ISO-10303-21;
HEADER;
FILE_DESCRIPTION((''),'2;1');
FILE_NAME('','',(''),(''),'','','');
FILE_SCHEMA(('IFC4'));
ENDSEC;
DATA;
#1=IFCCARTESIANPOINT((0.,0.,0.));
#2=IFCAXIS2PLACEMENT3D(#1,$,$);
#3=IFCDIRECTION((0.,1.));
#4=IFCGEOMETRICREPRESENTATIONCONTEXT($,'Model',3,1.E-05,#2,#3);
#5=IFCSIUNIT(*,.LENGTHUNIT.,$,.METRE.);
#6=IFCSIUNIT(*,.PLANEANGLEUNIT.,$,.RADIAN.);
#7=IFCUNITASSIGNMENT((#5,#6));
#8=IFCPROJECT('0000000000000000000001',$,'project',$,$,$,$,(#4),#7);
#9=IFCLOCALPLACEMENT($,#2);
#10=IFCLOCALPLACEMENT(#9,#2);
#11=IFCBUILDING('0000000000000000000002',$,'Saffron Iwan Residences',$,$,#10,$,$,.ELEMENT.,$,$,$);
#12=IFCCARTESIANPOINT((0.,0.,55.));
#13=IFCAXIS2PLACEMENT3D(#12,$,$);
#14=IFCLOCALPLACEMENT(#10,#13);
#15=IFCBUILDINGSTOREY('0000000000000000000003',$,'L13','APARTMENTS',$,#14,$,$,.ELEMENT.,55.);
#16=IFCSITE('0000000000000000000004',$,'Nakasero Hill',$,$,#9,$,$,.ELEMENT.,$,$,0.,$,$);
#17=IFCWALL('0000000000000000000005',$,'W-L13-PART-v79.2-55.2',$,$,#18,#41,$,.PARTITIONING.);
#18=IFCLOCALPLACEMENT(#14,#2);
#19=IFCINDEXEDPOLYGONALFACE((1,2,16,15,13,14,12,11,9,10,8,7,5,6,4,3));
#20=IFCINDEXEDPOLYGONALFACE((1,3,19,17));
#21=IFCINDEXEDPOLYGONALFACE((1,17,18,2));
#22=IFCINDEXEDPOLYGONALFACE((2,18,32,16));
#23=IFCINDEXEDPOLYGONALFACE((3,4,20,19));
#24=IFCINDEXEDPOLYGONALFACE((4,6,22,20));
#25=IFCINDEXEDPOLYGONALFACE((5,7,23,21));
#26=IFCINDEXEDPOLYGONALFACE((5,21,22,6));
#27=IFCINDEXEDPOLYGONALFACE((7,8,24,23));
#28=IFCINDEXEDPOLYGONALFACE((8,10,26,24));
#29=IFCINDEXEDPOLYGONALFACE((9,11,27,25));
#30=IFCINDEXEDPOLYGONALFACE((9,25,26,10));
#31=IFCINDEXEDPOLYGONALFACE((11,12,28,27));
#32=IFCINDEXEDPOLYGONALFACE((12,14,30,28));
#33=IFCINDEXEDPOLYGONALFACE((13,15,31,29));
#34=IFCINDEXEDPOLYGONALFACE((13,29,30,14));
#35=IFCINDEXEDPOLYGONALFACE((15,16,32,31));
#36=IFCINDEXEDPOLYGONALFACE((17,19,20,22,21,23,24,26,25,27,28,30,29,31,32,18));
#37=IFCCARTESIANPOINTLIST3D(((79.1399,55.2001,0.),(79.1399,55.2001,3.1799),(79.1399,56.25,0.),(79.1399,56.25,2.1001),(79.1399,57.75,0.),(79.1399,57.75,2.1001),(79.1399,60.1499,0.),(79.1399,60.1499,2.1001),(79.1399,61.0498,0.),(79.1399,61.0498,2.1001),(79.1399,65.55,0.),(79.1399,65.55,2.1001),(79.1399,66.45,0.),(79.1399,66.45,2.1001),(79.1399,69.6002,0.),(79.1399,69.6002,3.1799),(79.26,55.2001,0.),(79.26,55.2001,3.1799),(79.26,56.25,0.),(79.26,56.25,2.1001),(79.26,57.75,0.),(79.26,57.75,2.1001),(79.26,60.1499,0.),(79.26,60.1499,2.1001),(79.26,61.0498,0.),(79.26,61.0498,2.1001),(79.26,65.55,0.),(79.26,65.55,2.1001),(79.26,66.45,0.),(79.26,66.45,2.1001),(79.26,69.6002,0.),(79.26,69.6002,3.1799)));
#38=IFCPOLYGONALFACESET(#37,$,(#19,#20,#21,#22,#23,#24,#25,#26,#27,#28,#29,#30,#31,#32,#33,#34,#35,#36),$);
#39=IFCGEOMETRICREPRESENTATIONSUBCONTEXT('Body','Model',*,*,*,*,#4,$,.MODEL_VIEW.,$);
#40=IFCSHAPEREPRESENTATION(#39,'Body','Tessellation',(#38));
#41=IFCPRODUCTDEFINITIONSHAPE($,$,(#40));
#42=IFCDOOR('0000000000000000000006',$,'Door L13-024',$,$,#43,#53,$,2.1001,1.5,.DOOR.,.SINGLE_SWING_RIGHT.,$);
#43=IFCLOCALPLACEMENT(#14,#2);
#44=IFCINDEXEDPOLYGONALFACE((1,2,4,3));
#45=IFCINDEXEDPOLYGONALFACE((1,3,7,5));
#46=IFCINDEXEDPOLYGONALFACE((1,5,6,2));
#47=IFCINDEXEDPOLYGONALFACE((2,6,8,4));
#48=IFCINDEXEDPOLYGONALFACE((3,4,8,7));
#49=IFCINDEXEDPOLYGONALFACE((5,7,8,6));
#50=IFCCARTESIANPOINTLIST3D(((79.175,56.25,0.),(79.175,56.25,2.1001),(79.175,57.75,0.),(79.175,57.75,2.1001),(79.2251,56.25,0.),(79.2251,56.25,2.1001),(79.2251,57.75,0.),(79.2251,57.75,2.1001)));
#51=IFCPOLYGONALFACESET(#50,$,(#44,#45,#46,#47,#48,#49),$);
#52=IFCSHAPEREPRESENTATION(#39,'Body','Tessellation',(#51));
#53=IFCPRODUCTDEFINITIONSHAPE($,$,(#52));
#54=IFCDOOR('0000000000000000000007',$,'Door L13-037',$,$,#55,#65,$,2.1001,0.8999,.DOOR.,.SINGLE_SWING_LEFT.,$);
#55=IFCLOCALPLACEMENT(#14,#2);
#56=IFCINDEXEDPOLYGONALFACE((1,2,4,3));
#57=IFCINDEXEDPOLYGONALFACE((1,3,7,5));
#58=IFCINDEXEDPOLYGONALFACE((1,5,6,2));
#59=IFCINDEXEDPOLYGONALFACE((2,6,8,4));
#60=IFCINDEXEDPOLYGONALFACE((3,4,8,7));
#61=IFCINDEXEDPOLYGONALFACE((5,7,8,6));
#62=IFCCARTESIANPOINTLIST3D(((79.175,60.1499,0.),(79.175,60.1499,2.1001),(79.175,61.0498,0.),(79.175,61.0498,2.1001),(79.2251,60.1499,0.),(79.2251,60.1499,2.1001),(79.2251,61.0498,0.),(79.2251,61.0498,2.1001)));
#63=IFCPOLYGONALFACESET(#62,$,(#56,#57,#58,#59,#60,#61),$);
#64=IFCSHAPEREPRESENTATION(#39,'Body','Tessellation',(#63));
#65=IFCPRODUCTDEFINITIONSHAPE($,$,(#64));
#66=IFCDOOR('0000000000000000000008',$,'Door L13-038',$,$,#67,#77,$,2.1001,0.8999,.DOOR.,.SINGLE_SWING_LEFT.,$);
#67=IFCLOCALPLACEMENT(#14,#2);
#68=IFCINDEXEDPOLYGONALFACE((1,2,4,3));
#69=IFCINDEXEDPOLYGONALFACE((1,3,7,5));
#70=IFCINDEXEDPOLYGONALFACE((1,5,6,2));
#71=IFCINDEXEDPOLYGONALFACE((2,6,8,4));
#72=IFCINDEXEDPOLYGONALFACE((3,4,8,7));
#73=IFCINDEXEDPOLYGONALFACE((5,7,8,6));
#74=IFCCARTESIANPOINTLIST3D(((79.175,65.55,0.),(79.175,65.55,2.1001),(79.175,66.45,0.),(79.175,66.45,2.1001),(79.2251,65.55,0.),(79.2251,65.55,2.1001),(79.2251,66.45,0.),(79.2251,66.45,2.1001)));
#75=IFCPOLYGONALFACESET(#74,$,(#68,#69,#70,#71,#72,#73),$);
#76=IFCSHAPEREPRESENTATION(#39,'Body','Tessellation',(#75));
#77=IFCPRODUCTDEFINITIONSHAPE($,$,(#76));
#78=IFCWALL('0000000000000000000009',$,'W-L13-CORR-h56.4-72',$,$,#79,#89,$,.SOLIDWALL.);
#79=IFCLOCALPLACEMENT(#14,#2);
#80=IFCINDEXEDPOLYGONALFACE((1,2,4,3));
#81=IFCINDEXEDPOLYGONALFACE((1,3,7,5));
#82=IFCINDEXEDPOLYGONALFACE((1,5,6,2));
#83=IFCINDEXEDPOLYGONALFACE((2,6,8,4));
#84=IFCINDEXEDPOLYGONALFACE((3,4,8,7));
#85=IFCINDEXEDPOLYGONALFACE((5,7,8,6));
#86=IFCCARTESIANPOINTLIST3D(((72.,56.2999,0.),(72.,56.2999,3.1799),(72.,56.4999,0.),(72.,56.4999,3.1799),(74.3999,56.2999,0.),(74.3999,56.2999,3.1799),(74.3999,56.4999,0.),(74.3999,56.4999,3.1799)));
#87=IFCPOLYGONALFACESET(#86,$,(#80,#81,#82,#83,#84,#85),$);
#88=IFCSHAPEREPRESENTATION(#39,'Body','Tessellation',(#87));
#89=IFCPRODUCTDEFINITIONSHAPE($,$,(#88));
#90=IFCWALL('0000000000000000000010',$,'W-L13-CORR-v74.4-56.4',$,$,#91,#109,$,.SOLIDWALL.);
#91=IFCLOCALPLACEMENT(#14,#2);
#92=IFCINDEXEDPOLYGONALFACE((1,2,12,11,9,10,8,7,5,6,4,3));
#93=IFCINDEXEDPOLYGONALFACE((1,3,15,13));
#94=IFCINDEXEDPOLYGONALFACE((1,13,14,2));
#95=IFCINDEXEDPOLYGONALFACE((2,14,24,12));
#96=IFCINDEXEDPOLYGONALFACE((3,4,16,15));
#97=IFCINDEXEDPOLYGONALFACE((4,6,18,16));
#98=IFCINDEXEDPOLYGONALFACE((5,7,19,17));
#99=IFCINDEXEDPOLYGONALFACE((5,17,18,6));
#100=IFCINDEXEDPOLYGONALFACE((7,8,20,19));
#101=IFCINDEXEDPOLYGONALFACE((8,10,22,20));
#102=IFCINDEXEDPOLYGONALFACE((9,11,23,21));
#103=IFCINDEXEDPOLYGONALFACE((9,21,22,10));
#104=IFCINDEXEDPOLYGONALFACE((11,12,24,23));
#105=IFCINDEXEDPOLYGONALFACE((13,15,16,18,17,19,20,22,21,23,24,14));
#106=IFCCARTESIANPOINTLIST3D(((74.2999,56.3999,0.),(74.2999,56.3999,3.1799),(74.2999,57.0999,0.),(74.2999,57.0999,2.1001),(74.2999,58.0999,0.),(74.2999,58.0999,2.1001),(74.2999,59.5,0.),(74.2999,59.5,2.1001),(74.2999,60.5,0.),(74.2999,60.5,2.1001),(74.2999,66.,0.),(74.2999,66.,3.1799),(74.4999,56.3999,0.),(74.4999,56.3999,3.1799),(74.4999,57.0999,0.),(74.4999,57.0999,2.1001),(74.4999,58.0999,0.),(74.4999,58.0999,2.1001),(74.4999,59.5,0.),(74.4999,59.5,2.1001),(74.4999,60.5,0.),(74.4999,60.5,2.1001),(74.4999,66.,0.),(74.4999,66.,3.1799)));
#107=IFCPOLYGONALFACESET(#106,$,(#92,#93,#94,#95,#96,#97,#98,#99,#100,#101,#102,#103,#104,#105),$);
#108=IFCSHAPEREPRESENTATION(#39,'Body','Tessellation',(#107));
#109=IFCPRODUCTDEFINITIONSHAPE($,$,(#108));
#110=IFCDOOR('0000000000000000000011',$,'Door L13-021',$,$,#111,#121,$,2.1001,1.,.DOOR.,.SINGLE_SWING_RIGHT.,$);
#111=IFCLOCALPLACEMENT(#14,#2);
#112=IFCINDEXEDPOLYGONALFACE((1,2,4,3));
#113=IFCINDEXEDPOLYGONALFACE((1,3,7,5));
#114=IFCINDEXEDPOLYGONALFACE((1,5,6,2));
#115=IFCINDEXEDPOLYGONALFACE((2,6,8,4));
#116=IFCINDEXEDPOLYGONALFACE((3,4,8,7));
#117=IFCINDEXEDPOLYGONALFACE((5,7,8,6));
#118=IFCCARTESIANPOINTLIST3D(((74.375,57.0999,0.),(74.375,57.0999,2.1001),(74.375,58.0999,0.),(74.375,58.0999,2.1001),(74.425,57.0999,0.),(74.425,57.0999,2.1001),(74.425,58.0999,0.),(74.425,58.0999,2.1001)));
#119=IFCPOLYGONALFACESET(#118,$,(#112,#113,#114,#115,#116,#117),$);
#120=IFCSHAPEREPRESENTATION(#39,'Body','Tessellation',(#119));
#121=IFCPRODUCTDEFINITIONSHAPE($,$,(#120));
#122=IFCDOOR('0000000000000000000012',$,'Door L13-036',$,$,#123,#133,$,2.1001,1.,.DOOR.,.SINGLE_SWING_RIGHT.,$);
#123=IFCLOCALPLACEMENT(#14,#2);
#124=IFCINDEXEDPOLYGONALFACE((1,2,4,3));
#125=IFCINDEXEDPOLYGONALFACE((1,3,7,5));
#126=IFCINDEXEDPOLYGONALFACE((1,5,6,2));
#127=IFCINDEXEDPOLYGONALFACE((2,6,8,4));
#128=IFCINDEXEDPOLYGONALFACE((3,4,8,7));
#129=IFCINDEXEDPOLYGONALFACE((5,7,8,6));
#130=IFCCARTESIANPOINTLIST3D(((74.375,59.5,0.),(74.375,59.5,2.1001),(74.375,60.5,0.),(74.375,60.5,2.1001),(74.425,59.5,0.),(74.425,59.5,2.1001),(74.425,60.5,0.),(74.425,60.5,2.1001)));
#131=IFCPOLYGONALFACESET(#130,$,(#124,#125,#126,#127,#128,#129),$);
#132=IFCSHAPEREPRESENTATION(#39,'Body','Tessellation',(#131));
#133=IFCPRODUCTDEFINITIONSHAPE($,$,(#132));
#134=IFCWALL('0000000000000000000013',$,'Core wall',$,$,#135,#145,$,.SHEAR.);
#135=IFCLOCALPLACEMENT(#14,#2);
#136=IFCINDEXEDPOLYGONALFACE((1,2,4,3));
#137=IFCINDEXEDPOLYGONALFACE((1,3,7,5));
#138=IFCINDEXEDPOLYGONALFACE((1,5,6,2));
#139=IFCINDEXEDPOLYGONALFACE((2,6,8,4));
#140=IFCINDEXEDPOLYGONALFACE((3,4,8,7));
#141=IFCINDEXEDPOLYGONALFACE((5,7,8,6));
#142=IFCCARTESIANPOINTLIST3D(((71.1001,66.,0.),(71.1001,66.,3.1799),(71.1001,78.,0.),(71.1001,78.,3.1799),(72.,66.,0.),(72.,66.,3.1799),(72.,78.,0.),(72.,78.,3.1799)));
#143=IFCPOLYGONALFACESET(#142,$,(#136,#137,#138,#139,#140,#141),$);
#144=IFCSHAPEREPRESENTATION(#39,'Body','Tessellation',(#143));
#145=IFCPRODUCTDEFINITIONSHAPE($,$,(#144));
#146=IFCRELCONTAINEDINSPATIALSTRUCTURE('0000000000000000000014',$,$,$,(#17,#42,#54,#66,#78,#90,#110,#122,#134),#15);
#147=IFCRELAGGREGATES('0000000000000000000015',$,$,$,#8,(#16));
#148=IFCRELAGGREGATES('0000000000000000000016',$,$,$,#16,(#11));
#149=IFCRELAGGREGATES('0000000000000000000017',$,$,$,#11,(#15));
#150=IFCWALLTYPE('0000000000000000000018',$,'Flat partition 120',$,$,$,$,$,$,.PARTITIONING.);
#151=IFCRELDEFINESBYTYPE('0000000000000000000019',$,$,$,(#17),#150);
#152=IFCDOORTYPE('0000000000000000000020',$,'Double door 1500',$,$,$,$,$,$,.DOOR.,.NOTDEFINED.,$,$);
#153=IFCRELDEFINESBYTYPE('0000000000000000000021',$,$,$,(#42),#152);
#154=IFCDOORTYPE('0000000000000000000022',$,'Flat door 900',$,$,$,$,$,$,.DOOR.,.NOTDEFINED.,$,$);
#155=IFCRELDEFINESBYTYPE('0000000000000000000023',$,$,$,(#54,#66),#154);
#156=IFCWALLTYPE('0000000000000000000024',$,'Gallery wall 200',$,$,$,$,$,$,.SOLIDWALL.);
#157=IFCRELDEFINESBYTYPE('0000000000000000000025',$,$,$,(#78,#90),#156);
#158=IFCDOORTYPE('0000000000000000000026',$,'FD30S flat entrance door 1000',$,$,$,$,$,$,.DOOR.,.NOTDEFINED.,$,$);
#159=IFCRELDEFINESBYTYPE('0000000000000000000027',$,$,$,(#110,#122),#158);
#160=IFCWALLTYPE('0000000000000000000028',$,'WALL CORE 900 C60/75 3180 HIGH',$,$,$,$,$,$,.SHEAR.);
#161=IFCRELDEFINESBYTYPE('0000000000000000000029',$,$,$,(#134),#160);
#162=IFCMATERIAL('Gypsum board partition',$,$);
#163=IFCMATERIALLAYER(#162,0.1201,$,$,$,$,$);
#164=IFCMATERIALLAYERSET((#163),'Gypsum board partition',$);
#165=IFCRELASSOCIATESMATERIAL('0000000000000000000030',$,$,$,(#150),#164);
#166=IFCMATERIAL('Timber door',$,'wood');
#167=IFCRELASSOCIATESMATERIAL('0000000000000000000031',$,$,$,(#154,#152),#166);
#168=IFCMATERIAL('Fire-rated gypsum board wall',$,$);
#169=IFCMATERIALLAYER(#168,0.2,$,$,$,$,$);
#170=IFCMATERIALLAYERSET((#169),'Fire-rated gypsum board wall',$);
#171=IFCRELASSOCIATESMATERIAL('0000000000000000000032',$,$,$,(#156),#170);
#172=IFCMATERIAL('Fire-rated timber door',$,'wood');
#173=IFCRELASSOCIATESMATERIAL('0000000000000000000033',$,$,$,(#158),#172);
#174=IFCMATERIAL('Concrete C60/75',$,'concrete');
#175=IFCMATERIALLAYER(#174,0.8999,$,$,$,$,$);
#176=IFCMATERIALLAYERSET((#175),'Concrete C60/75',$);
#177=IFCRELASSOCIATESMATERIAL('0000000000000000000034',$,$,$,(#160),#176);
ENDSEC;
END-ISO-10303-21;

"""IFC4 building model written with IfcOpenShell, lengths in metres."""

from ifc_helpers import new_model, si_unit, direction, frame, frame_2d, origin, place, context, subcontext, project, spatial, rectangle, extrude, material, layer, layer_set, type_object, element, fill, save


model = new_model("IFC4")

# Units and contexts
model_context = context("Model", 3, precision=1e-05, world=origin(), true_north=direction((0.0, 1.0)))
body_context = subcontext(model_context, "Body", "Model", "MODEL_VIEW")
ifc_project = project(units=[si_unit("LENGTHUNIT", "METRE"), si_unit("PLANEANGLEUNIT", "RADIAN")], contexts=[model_context])

# Site, building, storey
site_placement = place(None, origin())
site = spatial("IfcSite", under=ifc_project, at=site_placement, Name="Nakasero Hill", CompositionType="ELEMENT", RefElevation=0.0)
building_placement = place(site_placement, origin())
building = spatial("IfcBuilding", under=site, at=building_placement, Name="Saffron Iwan Residences", CompositionType="ELEMENT")
storey_placement = place(building_placement, frame((0.0, 0.0, 55.0)))
storey = spatial("IfcBuildingStorey", under=building, at=storey_placement, Name="L13", Description="APARTMENTS", CompositionType="ELEMENT", Elevation=55.0)

# Shared definitions
ifc_material_1 = material(Name="Fire-rated gypsum board wall")
ifc_material_2 = material(Name="Gypsum board partition")
ifc_layer_1 = layer(ifc_material_2, 0.1201)
ifc_layer_set_1 = layer_set([ifc_layer_1], Name="Gypsum board partition")
wall_type_1 = type_object("IfcWallType", Name="Flat partition 120", PredefinedType="PARTITIONING", material=ifc_layer_set_1)

# Wall, openings, doors
ifc_material_3 = material(Name="Timber door", Category="wood")
door_type_1 = type_object("IfcDoorType", Name="Flat door 900", OperationType="NOTDEFINED", PredefinedType="DOOR", material=ifc_material_3)
wall_1_placement = place(storey_placement, frame((79.2, 55.2, 0.0), z_axis=(0.0, 0.0, 1.0), x_axis=(0.0, 1.0, 0.0)))
wall_1 = element("IfcWall", 1, at=wall_1_placement, inside=storey, type_object=wall_type_1, Name="W-L13-PART-v79.2-55.2", PredefinedType="PARTITIONING", context=body_context, shape_type="SweptSolid", body=[
    extrude(rectangle(XDim=14.4001, YDim=0.1201, at=frame_2d((7.2002, 0.0))), origin(), (0.0, 0.0, 1.0), 3.1799),
])
opening_1_placement = place(wall_1_placement, frame((1.05, 0.0, 0.0)))
opening_1 = element("IfcOpeningElement", 2, at=opening_1_placement, cuts=wall_1, PredefinedType="OPENING", context=body_context, shape_type="SweptSolid", body=[
    extrude(rectangle(XDim=1.5, YDim=2.1001, at=frame_2d((0.75, 1.05))), frame((0.0, 0.0701, 0.0), z_axis=(0.0, -1.0, 0.0), x_axis=(1.0, 0.0, 0.0)), (0.0, 0.0, 1.0), 0.1401),
])
opening_2_placement = place(wall_1_placement, frame((4.95, 0.0, 0.0)))
opening_2 = element("IfcOpeningElement", 3, at=opening_2_placement, cuts=wall_1, PredefinedType="OPENING", context=body_context, shape_type="SweptSolid", body=[
    extrude(rectangle(XDim=0.8999, YDim=2.1001, at=frame_2d((0.45, 1.05))), frame((0.0, 0.0701, 0.0), z_axis=(0.0, -1.0, 0.0), x_axis=(1.0, 0.0, 0.0)), (0.0, 0.0, 1.0), 0.1401),
])
opening_3_placement = place(wall_1_placement, frame((10.3501, 0.0, 0.0)))
opening_3 = element("IfcOpeningElement", 4, at=opening_3_placement, cuts=wall_1, PredefinedType="OPENING", context=body_context, shape_type="SweptSolid", body=[
    extrude(rectangle(XDim=0.8999, YDim=2.1001, at=frame_2d((0.45, 1.05))), frame((0.0, 0.0701, 0.0), z_axis=(0.0, -1.0, 0.0), x_axis=(1.0, 0.0, 0.0)), (0.0, 0.0, 1.0), 0.1401),
])
door_type_2 = type_object("IfcDoorType", Name="Double door 1500", OperationType="NOTDEFINED", PredefinedType="DOOR", material=ifc_material_3)
door_1_placement = place(opening_1_placement, origin())
door_1 = element("IfcDoor", 5, at=door_1_placement, inside=storey, type_object=door_type_2, Name="Door L13-024", OperationType="SINGLE_SWING_RIGHT", OverallHeight=2.1001, OverallWidth=1.5, PredefinedType="DOOR", context=body_context, shape_type="SweptSolid", body=[
    extrude(rectangle(XDim=1.5, YDim=2.1001, at=frame_2d((0.75, 1.05))), frame((0.0, 0.0249, 0.0), z_axis=(0.0, -1.0, 0.0), x_axis=(1.0, 0.0, 0.0)), (0.0, 0.0, 1.0), 0.05),
])
fill(opening_1, door_1)
door_2_placement = place(opening_2_placement, origin())
door_2 = element("IfcDoor", 6, at=door_2_placement, inside=storey, type_object=door_type_1, Name="Door L13-037", OperationType="SINGLE_SWING_LEFT", OverallHeight=2.1001, OverallWidth=0.8999, PredefinedType="DOOR", context=body_context, shape_type="SweptSolid", body=[
    extrude(rectangle(XDim=0.8999, YDim=2.1001, at=frame_2d((0.45, 1.05))), frame((0.0, 0.0249, 0.0), z_axis=(0.0, -1.0, 0.0), x_axis=(1.0, 0.0, 0.0)), (0.0, 0.0, 1.0), 0.05),
])
fill(opening_2, door_2)
door_3_placement = place(opening_3_placement, origin())
door_3 = element("IfcDoor", 7, at=door_3_placement, inside=storey, type_object=door_type_1, Name="Door L13-038", OperationType="SINGLE_SWING_LEFT", OverallHeight=2.1001, OverallWidth=0.8999, PredefinedType="DOOR", context=body_context, shape_type="SweptSolid", body=[
    extrude(rectangle(XDim=0.8999, YDim=2.1001, at=frame_2d((0.45, 1.05))), frame((0.0, 0.0249, 0.0), z_axis=(0.0, -1.0, 0.0), x_axis=(1.0, 0.0, 0.0)), (0.0, 0.0, 1.0), 0.05),
])
fill(opening_3, door_3)

# Wall
ifc_layer_2 = layer(ifc_material_1, 0.2)
ifc_layer_set_2 = layer_set([ifc_layer_2], Name="Fire-rated gypsum board wall")
wall_type_2 = type_object("IfcWallType", Name="Gallery wall 200", PredefinedType="SOLIDWALL", material=ifc_layer_set_2)
wall_2_placement = place(storey_placement, frame((72.0, 56.3999, 0.0), z_axis=(0.0, 0.0, 1.0), x_axis=(1.0, 0.0, 0.0)))
element("IfcWall", 8, at=wall_2_placement, inside=storey, type_object=wall_type_2, Name="W-L13-CORR-h56.4-72", PredefinedType="SOLIDWALL", context=body_context, shape_type="SweptSolid", body=[
    extrude(rectangle(XDim=2.3999, YDim=0.2, at=frame_2d((1.2, 0.0))), origin(), (0.0, 0.0, 1.0), 3.1799),
])

# Wall, openings, doors
wall_3_placement = place(storey_placement, frame((74.3999, 56.3999, 0.0), z_axis=(0.0, 0.0, 1.0), x_axis=(0.0, 1.0, 0.0)))
wall_3 = element("IfcWall", 9, at=wall_3_placement, inside=storey, type_object=wall_type_2, Name="W-L13-CORR-v74.4-56.4", PredefinedType="SOLIDWALL", context=body_context, shape_type="SweptSolid", body=[
    extrude(rectangle(XDim=9.6001, YDim=0.2, at=frame_2d((4.8, 0.0))), origin(), (0.0, 0.0, 1.0), 3.1799),
])
opening_4_placement = place(wall_3_placement, frame((0.7, 0.0, 0.0)))
opening_4 = element("IfcOpeningElement", 10, at=opening_4_placement, cuts=wall_3, PredefinedType="OPENING", context=body_context, shape_type="SweptSolid", body=[
    extrude(rectangle(XDim=1.0, YDim=2.1001, at=frame_2d((0.5, 1.05))), frame((0.0, 0.1099, 0.0), z_axis=(0.0, -1.0, 0.0), x_axis=(1.0, 0.0, 0.0)), (0.0, 0.0, 1.0), 0.22),
])
opening_5_placement = place(wall_3_placement, frame((3.1001, 0.0, 0.0)))
opening_5 = element("IfcOpeningElement", 11, at=opening_5_placement, cuts=wall_3, PredefinedType="OPENING", context=body_context, shape_type="SweptSolid", body=[
    extrude(rectangle(XDim=1.0, YDim=2.1001, at=frame_2d((0.5, 1.05))), frame((0.0, 0.1099, 0.0), z_axis=(0.0, -1.0, 0.0), x_axis=(1.0, 0.0, 0.0)), (0.0, 0.0, 1.0), 0.22),
])
ifc_material_4 = material(Name="Fire-rated timber door", Category="wood")
door_type_3 = type_object("IfcDoorType", Name="FD30S flat entrance door 1000", OperationType="NOTDEFINED", PredefinedType="DOOR", material=ifc_material_4)
door_4_placement = place(opening_4_placement, origin())
door_4 = element("IfcDoor", 12, at=door_4_placement, inside=storey, type_object=door_type_3, Name="Door L13-021", OperationType="SINGLE_SWING_RIGHT", OverallHeight=2.1001, OverallWidth=1.0, PredefinedType="DOOR", context=body_context, shape_type="SweptSolid", body=[
    extrude(rectangle(XDim=1.0, YDim=2.1001, at=frame_2d((0.5, 1.05))), frame((0.0, 0.0249, 0.0), z_axis=(0.0, -1.0, 0.0), x_axis=(1.0, 0.0, 0.0)), (0.0, 0.0, 1.0), 0.05),
])
fill(opening_4, door_4)
door_5_placement = place(opening_5_placement, origin())
door_5 = element("IfcDoor", 13, at=door_5_placement, inside=storey, type_object=door_type_3, Name="Door L13-036", OperationType="SINGLE_SWING_RIGHT", OverallHeight=2.1001, OverallWidth=1.0, PredefinedType="DOOR", context=body_context, shape_type="SweptSolid", body=[
    extrude(rectangle(XDim=1.0, YDim=2.1001, at=frame_2d((0.5, 1.05))), frame((0.0, 0.0249, 0.0), z_axis=(0.0, -1.0, 0.0), x_axis=(1.0, 0.0, 0.0)), (0.0, 0.0, 1.0), 0.05),
])
fill(opening_5, door_5)

# Wall
ifc_material_5 = material(Name="Concrete C60/75", Category="concrete")
ifc_layer_3 = layer(ifc_material_5, 0.8999)
ifc_layer_set_3 = layer_set([ifc_layer_3], Name="Concrete C60/75")
wall_type_3 = type_object("IfcWallType", Name="WALL CORE 900 C60/75 3180 HIGH", PredefinedType="SHEAR", material=ifc_layer_set_3)
wall_4_placement = place(storey_placement, frame((71.55, 66.0, 0.0), z_axis=(0.0, 0.0, 1.0), x_axis=(0.0, 1.0, 0.0)))
element("IfcWall", 14, at=wall_4_placement, inside=storey, type_object=wall_type_3, Name="Core wall", PredefinedType="SHEAR", context=body_context, shape_type="SweptSolid", body=[
    extrude(rectangle(XDim=12.0, YDim=0.8999, at=frame_2d((6.0, 0.0))), origin(), (0.0, 0.0, 1.0), 3.1799),
])

save(model, "model.ifc")
